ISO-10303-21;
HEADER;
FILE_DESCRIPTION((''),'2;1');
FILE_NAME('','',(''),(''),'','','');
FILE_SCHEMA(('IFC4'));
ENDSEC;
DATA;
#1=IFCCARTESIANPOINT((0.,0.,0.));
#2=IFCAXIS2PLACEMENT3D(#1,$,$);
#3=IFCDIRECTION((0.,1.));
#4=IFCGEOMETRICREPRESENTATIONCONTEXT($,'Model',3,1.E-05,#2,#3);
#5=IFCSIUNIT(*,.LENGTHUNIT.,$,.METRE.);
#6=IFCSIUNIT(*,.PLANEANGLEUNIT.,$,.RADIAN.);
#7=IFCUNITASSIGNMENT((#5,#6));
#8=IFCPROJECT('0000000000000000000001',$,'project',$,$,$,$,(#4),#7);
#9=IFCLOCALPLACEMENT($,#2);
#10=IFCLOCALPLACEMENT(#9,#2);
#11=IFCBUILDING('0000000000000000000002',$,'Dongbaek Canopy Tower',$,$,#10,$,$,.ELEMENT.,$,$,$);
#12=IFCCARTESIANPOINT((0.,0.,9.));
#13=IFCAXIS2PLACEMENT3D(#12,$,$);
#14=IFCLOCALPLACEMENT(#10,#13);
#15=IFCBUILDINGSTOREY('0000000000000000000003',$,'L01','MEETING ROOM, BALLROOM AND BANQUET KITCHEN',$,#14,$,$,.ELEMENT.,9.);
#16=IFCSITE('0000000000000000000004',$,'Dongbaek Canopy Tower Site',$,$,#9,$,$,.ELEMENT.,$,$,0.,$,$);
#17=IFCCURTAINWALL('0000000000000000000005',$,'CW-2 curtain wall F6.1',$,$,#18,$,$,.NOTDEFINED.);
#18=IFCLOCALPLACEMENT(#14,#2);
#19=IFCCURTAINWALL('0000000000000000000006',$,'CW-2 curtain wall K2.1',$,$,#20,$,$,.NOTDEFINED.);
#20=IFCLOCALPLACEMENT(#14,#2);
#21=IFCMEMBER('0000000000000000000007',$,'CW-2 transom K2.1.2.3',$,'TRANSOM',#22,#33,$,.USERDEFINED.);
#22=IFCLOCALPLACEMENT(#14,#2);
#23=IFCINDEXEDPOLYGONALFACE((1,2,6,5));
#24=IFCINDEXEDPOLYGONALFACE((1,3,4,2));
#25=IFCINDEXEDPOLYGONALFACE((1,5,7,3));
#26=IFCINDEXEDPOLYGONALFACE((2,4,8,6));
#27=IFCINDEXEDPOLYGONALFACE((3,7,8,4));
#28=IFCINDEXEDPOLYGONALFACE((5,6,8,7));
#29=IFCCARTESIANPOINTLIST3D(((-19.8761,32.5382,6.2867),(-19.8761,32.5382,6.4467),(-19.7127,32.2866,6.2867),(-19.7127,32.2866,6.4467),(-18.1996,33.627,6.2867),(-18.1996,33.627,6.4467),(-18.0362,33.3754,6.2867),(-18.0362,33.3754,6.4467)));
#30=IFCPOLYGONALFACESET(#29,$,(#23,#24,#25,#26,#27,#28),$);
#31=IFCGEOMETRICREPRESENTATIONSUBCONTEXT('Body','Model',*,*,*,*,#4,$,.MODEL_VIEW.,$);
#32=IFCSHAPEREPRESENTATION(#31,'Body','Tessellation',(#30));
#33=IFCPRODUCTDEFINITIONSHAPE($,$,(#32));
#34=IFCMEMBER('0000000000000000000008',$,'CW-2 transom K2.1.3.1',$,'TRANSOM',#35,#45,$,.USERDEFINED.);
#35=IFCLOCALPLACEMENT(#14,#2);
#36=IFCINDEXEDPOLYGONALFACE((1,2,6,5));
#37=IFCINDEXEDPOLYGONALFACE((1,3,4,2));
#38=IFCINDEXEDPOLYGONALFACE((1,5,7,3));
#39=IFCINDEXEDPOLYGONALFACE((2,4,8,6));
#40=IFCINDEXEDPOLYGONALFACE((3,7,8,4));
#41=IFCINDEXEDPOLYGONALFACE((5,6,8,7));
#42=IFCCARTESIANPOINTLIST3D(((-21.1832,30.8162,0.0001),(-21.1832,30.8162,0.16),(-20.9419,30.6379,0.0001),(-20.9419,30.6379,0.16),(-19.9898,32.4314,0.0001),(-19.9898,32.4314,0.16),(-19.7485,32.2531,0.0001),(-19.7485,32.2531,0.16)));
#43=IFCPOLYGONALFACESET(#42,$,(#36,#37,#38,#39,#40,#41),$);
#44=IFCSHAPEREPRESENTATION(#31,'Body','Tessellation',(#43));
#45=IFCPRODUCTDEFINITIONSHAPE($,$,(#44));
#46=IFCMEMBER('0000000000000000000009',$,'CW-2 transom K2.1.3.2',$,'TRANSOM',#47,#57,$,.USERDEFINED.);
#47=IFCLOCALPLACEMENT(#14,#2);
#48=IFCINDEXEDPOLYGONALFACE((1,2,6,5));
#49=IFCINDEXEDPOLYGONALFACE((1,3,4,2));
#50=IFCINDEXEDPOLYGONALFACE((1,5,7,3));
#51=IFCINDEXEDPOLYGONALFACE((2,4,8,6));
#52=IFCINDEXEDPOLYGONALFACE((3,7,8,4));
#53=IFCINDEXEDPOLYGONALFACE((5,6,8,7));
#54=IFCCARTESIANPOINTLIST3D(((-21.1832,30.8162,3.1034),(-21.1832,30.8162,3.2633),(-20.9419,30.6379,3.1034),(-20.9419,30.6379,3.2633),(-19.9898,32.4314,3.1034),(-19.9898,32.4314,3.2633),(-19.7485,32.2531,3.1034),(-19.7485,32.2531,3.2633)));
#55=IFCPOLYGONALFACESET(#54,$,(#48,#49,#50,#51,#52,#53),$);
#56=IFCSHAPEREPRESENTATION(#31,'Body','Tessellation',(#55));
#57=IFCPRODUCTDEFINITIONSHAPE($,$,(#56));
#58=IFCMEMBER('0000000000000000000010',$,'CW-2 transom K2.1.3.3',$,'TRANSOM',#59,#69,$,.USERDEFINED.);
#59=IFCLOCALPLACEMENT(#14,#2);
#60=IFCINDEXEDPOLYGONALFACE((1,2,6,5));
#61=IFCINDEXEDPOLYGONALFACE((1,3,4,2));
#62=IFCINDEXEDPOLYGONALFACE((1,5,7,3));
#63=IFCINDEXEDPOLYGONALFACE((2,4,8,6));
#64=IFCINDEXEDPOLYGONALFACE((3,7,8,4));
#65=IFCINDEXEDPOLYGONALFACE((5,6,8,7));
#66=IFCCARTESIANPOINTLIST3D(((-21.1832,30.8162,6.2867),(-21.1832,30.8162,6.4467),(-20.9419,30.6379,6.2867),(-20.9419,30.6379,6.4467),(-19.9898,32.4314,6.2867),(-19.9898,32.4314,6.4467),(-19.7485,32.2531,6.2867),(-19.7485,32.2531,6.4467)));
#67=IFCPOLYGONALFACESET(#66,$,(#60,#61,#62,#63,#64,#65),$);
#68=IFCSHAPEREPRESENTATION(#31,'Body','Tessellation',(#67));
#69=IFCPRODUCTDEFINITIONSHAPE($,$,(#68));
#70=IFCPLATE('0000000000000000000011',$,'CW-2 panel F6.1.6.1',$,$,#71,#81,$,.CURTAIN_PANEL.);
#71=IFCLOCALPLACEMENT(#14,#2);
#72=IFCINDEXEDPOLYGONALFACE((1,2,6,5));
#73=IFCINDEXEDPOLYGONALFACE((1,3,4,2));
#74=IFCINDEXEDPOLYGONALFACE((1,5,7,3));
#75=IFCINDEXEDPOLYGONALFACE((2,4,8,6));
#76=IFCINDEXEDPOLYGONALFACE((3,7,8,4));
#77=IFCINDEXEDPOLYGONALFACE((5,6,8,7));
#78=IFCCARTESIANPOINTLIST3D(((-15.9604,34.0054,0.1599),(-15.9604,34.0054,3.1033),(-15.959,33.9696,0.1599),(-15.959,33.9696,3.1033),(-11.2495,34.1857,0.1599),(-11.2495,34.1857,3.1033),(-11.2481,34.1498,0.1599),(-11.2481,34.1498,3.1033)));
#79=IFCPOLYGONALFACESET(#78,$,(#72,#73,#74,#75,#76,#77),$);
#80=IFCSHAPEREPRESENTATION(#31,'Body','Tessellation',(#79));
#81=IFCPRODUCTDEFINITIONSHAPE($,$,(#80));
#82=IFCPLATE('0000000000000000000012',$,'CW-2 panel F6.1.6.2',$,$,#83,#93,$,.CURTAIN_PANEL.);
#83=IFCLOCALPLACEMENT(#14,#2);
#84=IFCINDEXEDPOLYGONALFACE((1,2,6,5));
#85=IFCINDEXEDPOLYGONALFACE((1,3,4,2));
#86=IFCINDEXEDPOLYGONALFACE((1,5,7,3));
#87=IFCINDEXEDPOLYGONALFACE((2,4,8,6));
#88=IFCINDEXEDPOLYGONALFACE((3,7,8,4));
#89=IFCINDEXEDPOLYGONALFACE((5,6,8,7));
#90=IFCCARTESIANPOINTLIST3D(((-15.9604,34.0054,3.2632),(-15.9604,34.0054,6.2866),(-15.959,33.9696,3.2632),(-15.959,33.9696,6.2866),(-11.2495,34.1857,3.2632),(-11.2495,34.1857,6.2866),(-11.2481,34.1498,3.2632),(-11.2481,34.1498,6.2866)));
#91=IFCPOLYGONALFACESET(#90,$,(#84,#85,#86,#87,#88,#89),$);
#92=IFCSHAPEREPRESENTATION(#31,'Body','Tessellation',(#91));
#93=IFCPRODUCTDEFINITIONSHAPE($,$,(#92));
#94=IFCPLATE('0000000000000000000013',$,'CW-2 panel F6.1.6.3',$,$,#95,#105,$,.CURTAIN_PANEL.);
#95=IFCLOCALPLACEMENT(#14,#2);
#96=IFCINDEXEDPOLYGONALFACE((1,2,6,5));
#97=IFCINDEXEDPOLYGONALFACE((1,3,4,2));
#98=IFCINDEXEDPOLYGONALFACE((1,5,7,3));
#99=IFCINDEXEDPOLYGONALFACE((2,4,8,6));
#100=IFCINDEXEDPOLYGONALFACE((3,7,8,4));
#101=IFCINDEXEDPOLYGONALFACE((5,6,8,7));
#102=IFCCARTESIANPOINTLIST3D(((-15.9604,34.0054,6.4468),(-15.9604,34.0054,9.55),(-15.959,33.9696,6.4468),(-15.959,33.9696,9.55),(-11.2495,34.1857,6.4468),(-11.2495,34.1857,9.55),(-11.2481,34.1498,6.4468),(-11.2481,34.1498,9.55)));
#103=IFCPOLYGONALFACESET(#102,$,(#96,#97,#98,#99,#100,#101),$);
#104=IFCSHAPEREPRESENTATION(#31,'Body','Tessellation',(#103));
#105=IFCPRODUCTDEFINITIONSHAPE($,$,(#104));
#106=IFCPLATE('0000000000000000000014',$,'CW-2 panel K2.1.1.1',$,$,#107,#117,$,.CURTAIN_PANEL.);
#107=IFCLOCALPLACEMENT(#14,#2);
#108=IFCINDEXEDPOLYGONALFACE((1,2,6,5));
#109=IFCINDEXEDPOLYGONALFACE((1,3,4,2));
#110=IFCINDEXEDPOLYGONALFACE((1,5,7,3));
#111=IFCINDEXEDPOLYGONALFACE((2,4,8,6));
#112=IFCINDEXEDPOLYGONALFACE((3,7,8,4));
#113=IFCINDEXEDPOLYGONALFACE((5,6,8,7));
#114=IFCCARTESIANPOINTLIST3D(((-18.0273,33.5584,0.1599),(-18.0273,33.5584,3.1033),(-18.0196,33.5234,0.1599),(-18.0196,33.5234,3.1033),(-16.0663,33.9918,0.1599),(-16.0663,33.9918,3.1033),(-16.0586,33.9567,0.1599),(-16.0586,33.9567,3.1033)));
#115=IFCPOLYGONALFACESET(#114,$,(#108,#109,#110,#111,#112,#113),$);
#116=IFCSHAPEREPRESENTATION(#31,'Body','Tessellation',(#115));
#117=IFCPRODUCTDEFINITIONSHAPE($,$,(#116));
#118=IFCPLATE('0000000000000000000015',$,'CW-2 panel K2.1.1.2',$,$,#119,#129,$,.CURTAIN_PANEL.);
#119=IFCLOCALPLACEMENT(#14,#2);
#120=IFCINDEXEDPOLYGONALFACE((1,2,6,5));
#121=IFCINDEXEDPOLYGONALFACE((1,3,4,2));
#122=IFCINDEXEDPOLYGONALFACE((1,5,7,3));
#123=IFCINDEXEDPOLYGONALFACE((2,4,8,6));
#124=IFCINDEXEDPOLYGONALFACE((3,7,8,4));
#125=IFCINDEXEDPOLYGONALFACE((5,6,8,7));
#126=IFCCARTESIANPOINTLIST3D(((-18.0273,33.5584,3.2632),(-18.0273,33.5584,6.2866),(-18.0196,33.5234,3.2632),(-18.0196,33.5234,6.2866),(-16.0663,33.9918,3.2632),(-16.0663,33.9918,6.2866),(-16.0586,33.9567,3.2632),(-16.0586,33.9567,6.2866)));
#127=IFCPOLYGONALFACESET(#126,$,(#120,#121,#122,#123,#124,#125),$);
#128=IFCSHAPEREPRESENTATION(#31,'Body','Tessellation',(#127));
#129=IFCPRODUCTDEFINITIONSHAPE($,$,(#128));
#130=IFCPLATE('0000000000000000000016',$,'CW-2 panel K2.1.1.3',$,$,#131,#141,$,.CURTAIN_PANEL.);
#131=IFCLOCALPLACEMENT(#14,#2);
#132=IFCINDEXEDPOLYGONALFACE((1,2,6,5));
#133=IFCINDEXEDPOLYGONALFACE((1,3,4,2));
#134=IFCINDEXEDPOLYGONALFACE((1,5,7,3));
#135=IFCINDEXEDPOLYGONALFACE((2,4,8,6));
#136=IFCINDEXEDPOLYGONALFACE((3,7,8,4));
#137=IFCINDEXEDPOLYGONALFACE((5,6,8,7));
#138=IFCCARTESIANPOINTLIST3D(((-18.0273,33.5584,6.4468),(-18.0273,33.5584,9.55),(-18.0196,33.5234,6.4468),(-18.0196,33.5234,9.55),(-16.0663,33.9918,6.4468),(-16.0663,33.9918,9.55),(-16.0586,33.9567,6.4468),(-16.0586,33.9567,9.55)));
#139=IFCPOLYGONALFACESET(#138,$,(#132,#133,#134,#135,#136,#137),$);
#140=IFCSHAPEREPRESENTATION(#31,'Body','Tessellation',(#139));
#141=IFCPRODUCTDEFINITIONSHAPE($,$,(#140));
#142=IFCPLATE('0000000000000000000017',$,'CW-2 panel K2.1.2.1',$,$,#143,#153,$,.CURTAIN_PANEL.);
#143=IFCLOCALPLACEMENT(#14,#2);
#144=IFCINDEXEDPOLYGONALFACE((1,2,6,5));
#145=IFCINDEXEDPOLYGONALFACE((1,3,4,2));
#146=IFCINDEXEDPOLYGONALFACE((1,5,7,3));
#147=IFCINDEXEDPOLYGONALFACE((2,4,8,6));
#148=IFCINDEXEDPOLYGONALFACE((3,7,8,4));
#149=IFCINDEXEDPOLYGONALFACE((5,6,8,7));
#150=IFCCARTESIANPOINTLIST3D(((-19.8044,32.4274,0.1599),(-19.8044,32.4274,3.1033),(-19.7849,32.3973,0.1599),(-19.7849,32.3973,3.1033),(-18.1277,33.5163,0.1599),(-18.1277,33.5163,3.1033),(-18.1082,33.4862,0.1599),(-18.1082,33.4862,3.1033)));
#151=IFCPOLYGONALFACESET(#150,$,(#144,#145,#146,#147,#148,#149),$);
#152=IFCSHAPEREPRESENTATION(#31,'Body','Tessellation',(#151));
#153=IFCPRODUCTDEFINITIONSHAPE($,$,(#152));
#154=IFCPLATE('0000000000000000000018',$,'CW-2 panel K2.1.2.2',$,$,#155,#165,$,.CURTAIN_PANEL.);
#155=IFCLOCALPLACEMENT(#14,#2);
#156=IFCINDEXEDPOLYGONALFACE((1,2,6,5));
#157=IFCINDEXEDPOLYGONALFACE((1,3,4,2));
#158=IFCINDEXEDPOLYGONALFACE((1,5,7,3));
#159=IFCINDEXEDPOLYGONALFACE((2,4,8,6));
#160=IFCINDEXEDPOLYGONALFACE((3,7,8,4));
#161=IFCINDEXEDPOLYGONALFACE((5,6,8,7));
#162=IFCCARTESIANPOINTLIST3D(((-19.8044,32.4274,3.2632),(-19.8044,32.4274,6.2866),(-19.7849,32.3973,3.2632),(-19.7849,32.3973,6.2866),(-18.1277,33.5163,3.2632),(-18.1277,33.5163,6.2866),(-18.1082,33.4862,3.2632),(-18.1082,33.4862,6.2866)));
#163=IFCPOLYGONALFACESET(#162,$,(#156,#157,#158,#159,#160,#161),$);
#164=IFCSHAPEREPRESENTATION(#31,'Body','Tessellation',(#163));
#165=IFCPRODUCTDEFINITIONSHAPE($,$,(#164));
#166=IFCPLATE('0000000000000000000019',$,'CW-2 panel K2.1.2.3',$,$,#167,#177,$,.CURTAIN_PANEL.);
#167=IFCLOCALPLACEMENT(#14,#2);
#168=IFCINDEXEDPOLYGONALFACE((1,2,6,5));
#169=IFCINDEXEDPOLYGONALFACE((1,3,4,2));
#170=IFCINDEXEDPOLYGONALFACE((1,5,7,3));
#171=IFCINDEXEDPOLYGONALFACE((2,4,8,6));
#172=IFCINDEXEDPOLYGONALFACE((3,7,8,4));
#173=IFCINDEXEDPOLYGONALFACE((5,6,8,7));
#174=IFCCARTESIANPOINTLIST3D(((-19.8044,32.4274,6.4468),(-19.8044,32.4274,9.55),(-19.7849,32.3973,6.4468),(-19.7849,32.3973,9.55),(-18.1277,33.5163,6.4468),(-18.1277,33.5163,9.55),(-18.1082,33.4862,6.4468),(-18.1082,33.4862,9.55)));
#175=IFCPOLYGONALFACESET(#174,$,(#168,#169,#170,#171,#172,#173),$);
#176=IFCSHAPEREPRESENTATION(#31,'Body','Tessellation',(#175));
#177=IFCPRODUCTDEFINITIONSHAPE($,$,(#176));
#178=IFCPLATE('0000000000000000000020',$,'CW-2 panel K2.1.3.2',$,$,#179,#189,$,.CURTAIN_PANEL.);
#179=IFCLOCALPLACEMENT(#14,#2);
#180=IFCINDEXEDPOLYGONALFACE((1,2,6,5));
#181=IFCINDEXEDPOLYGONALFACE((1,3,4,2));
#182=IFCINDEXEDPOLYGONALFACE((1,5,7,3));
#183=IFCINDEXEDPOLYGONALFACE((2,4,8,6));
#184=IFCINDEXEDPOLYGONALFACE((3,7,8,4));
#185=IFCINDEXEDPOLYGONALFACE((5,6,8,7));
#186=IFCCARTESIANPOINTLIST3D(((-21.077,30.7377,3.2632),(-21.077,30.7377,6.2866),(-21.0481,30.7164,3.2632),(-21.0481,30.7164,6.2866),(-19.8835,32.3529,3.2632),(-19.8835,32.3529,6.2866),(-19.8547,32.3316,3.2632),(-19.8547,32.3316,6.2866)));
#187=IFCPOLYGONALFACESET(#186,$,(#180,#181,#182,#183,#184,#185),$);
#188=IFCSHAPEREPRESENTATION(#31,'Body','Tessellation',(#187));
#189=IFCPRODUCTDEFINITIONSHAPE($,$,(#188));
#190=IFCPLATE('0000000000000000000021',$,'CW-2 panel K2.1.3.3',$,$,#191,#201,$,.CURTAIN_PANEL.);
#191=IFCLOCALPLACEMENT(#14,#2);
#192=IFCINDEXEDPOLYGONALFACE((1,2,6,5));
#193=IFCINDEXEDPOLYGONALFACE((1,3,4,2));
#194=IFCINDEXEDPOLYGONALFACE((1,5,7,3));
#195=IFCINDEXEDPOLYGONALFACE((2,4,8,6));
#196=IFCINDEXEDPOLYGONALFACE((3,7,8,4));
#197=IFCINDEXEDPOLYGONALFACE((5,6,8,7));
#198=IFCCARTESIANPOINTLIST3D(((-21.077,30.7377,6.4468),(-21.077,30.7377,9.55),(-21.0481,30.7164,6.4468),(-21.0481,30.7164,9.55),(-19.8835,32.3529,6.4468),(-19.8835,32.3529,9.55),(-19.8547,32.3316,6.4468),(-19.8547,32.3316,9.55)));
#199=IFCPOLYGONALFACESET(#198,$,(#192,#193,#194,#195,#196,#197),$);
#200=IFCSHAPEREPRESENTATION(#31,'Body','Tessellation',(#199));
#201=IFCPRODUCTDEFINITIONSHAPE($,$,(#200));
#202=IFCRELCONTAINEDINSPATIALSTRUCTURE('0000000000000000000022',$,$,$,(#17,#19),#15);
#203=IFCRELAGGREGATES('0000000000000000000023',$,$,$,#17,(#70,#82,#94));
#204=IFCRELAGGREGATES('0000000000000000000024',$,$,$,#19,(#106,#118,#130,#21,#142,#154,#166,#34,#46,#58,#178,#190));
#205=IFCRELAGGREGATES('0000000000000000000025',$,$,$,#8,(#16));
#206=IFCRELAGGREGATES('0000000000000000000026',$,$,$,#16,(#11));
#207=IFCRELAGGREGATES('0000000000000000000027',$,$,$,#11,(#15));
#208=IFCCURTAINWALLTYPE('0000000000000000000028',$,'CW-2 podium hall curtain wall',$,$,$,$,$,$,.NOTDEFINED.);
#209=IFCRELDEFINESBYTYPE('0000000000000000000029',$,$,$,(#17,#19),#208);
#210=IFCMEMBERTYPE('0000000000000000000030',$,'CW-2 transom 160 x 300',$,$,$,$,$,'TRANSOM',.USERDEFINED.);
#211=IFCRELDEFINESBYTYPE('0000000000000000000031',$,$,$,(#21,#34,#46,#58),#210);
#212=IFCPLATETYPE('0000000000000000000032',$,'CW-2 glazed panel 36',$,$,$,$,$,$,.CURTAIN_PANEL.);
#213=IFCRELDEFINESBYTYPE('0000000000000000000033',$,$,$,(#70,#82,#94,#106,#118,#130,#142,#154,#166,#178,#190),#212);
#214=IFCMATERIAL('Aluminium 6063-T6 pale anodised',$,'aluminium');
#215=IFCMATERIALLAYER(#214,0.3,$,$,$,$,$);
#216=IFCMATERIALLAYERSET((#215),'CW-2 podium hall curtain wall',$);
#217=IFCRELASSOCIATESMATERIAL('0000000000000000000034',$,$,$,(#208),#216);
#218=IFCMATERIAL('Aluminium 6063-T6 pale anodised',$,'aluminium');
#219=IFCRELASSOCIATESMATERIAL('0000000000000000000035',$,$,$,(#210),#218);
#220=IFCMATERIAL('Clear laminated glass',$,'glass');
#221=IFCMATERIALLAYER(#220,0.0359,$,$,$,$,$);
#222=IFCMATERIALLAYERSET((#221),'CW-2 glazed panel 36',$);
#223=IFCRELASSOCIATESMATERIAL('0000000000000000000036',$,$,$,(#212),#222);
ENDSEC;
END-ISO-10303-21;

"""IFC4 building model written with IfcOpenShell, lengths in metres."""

from ifc_helpers import new_model, si_unit, direction, frame, origin, origin_2d, place, context, subcontext, project, spatial, rectangle, extrude, material, layer, layer_set, material_profile, profile_set, type_object, element, aggregate, save


model = new_model("IFC4")

# Units and contexts
model_context = context("Model", 3, precision=1e-05, world=origin(), true_north=direction((0.0, 1.0)))
body_context = subcontext(model_context, "Body", "Model", "MODEL_VIEW")
ifc_project = project(units=[si_unit("LENGTHUNIT", "METRE"), si_unit("PLANEANGLEUNIT", "RADIAN")], contexts=[model_context])

# Site, building, storey
site_placement = place(None, origin())
site = spatial("IfcSite", under=ifc_project, at=site_placement, Name="Dongbaek Canopy Tower Site", CompositionType="ELEMENT", RefElevation=0.0)
building_placement = place(site_placement, origin())
building = spatial("IfcBuilding", under=site, at=building_placement, Name="Dongbaek Canopy Tower", CompositionType="ELEMENT")
storey_placement = place(building_placement, frame((0.0, 0.0, 9.0)))
storey = spatial("IfcBuildingStorey", under=building, at=storey_placement, Name="L01", Description="MEETING ROOM, BALLROOM AND BANQUET KITCHEN", CompositionType="ELEMENT", Elevation=9.0)

# Curtain walls
ifc_material_1 = material(Name="Aluminium 6063-T6 pale anodised", Category="aluminium")
ifc_layer_1 = layer(ifc_material_1, 0.3)
ifc_layer_set_1 = layer_set([ifc_layer_1], Name="CW-2 podium hall curtain wall")
curtain_wall_type = type_object("IfcCurtainWallType", Name="CW-2 podium hall curtain wall", PredefinedType="NOTDEFINED", material=ifc_layer_set_1)
curtain_wall_1_placement = place(storey_placement, origin())
curtain_wall_1 = element("IfcCurtainWall", 1, at=curtain_wall_1_placement, inside=storey, type_object=curtain_wall_type, Name="CW-2 curtain wall F6.1", PredefinedType="NOTDEFINED")
curtain_wall_2_placement = place(storey_placement, origin())
curtain_wall_2 = element("IfcCurtainWall", 2, at=curtain_wall_2_placement, inside=storey, type_object=curtain_wall_type, Name="CW-2 curtain wall K2.1", PredefinedType="NOTDEFINED")

# Members
ifc_material_2 = material(Name="Aluminium 6063-T6 pale anodised", Category="aluminium")
ifc_material_profile_1 = material_profile(ifc_material_2, rectangle(XDim=0.3, YDim=0.1599, at=origin_2d()), Name="CW-2 transom 160 x 300")
ifc_profile_set_1 = profile_set([ifc_material_profile_1], Name="Aluminium 6063-T6 pale anodised")
member_type_1 = type_object("IfcMemberType", Name="CW-2 transom 160 x 300", ElementType="TRANSOM", PredefinedType="USERDEFINED", material=ifc_profile_set_1)
member_1_placement = place(storey_placement, frame((-18.1179, 33.5012, 6.3667), z_axis=(-0.838642, -0.544684, 0.0), x_axis=(0.544684, -0.838642, 0.0)))
member_1 = element("IfcMember", 3, at=member_1_placement, type_object=member_type_1, Name="CW-2 transom K2.1.2.3", ObjectType="TRANSOM", PredefinedType="USERDEFINED", context=body_context, shape_type="SweptSolid", body=[
    extrude(rectangle(XDim=0.3, YDim=0.1599, at=origin_2d()), origin(), (0.0, 0.0, 1.0), 1.999),
])
member_2_placement = place(storey_placement, frame((-19.8691, 32.3423, 0.0801), z_axis=(-0.594227, -0.804297, 0.0), x_axis=(0.804297, -0.594227, 0.0)))
member_2 = element("IfcMember", 4, at=member_2_placement, type_object=member_type_1, Name="CW-2 transom K2.1.3.1", ObjectType="TRANSOM", PredefinedType="USERDEFINED", context=body_context, shape_type="SweptSolid", body=[
    extrude(rectangle(XDim=0.3, YDim=0.1599, at=origin_2d()), origin(), (0.0, 0.0, 1.0), 2.0083),
])
member_3_placement = place(storey_placement, frame((-19.8691, 32.3423, 3.1833), z_axis=(-0.594227, -0.804297, 0.0), x_axis=(0.804297, -0.594227, 0.0)))
member_3 = element("IfcMember", 5, at=member_3_placement, type_object=member_type_1, Name="CW-2 transom K2.1.3.2", ObjectType="TRANSOM", PredefinedType="USERDEFINED", context=body_context, shape_type="SweptSolid", body=[
    extrude(rectangle(XDim=0.3, YDim=0.1599, at=origin_2d()), origin(), (0.0, 0.0, 1.0), 2.0083),
])
member_4_placement = place(storey_placement, frame((-19.8691, 32.3423, 6.3667), z_axis=(-0.594227, -0.804297, 0.0), x_axis=(0.804297, -0.594227, 0.0)))
member_4 = element("IfcMember", 6, at=member_4_placement, type_object=member_type_1, Name="CW-2 transom K2.1.3.3", ObjectType="TRANSOM", PredefinedType="USERDEFINED", context=body_context, shape_type="SweptSolid", body=[
    extrude(rectangle(XDim=0.3, YDim=0.1599, at=origin_2d()), origin(), (0.0, 0.0, 1.0), 2.0083),
])

# Plates
ifc_material_3 = material(Name="Clear laminated glass", Category="glass")
ifc_layer_2 = layer(ifc_material_3, 0.0359)
ifc_layer_set_2 = layer_set([ifc_layer_2], Name="CW-2 glazed panel 36")
plate_type = type_object("IfcPlateType", Name="CW-2 glazed panel 36", PredefinedType="CURTAIN_PANEL", material=ifc_layer_set_2)
plate_1_placement = place(storey_placement, frame((-13.6042, 34.0776, 0.1599), z_axis=(0.0, 0.0, 1.0), x_axis=(-0.999269, -0.038232, 0.0)))
plate_1 = element("IfcPlate", 7, at=plate_1_placement, type_object=plate_type, Name="CW-2 panel F6.1.6.1", PredefinedType="CURTAIN_PANEL", context=body_context, shape_type="SweptSolid", body=[
    extrude(rectangle(XDim=4.7144, YDim=0.0359, at=origin_2d()), origin(), (0.0, 0.0, 1.0), 2.9434),
])
plate_2_placement = place(storey_placement, frame((-13.6042, 34.0776, 3.2632), z_axis=(0.0, 0.0, 1.0), x_axis=(-0.999269, -0.038232, 0.0)))
plate_2 = element("IfcPlate", 8, at=plate_2_placement, type_object=plate_type, Name="CW-2 panel F6.1.6.2", PredefinedType="CURTAIN_PANEL", context=body_context, shape_type="SweptSolid", body=[
    extrude(rectangle(XDim=4.7144, YDim=0.0359, at=origin_2d()), origin(), (0.0, 0.0, 1.0), 3.0234),
])
plate_3_placement = place(storey_placement, frame((-13.6042, 34.0776, 6.4468), z_axis=(0.0, 0.0, 1.0), x_axis=(-0.999269, -0.038232, 0.0)))
plate_3 = element("IfcPlate", 9, at=plate_3_placement, type_object=plate_type, Name="CW-2 panel F6.1.6.3", PredefinedType="CURTAIN_PANEL", context=body_context, shape_type="SweptSolid", body=[
    extrude(rectangle(XDim=4.7144, YDim=0.0359, at=origin_2d()), origin(), (0.0, 0.0, 1.0), 3.1033),
])
aggregate(curtain_wall_1, [plate_1, plate_2, plate_3])
plate_4_placement = place(storey_placement, frame((-17.043, 33.7576, 0.1599), z_axis=(0.0, 0.0, 1.0), x_axis=(-0.976443, -0.215775, 0.0)))
plate_4 = element("IfcPlate", 10, at=plate_4_placement, type_object=plate_type, Name="CW-2 panel K2.1.1.1", PredefinedType="CURTAIN_PANEL", context=body_context, shape_type="SweptSolid", body=[
    extrude(rectangle(XDim=2.0083, YDim=0.0359, at=origin_2d()), origin(), (0.0, 0.0, 1.0), 2.9434),
])
plate_5_placement = place(storey_placement, frame((-17.043, 33.7576, 3.2632), z_axis=(0.0, 0.0, 1.0), x_axis=(-0.976443, -0.215775, 0.0)))
plate_5 = element("IfcPlate", 11, at=plate_5_placement, type_object=plate_type, Name="CW-2 panel K2.1.1.2", PredefinedType="CURTAIN_PANEL", context=body_context, shape_type="SweptSolid", body=[
    extrude(rectangle(XDim=2.0083, YDim=0.0359, at=origin_2d()), origin(), (0.0, 0.0, 1.0), 3.0234),
])
plate_6_placement = place(storey_placement, frame((-17.043, 33.7576, 6.4468), z_axis=(0.0, 0.0, 1.0), x_axis=(-0.976443, -0.215775, 0.0)))
plate_6 = element("IfcPlate", 12, at=plate_6_placement, type_object=plate_type, Name="CW-2 panel K2.1.1.3", PredefinedType="CURTAIN_PANEL", context=body_context, shape_type="SweptSolid", body=[
    extrude(rectangle(XDim=2.0083, YDim=0.0359, at=origin_2d()), origin(), (0.0, 0.0, 1.0), 3.1033),
])
plate_7_placement = place(storey_placement, frame((-18.9563, 32.9568, 0.1599), z_axis=(0.0, 0.0, 1.0), x_axis=(-0.838663, -0.54465, 0.0)))
plate_7 = element("IfcPlate", 13, at=plate_7_placement, type_object=plate_type, Name="CW-2 panel K2.1.2.1", PredefinedType="CURTAIN_PANEL", context=body_context, shape_type="SweptSolid", body=[
    extrude(rectangle(XDim=1.9993, YDim=0.0359, at=origin_2d()), origin(), (0.0, 0.0, 1.0), 2.9434),
])
plate_8_placement = place(storey_placement, frame((-18.9563, 32.9568, 3.2632), z_axis=(0.0, 0.0, 1.0), x_axis=(-0.838663, -0.54465, 0.0)))
plate_8 = element("IfcPlate", 14, at=plate_8_placement, type_object=plate_type, Name="CW-2 panel K2.1.2.2", PredefinedType="CURTAIN_PANEL", context=body_context, shape_type="SweptSolid", body=[
    extrude(rectangle(XDim=1.9993, YDim=0.0359, at=origin_2d()), origin(), (0.0, 0.0, 1.0), 3.0234),
])
plate_9_placement = place(storey_placement, frame((-18.9563, 32.9568, 6.4468), z_axis=(0.0, 0.0, 1.0), x_axis=(-0.838663, -0.54465, 0.0)))
plate_9 = element("IfcPlate", 15, at=plate_9_placement, type_object=plate_type, Name="CW-2 panel K2.1.2.3", PredefinedType="CURTAIN_PANEL", context=body_context, shape_type="SweptSolid", body=[
    extrude(rectangle(XDim=1.9993, YDim=0.0359, at=origin_2d()), origin(), (0.0, 0.0, 1.0), 3.1033),
])
plate_10_placement = place(storey_placement, frame((-20.4658, 31.5347, 3.2632), z_axis=(0.0, 0.0, 1.0), x_axis=(-0.594253, -0.804278, 0.0)))
plate_10 = element("IfcPlate", 16, at=plate_10_placement, type_object=plate_type, Name="CW-2 panel K2.1.3.2", PredefinedType="CURTAIN_PANEL", context=body_context, shape_type="SweptSolid", body=[
    extrude(rectangle(XDim=2.0083, YDim=0.0359, at=origin_2d()), origin(), (0.0, 0.0, 1.0), 3.0234),
])
plate_11_placement = place(storey_placement, frame((-20.4658, 31.5347, 6.4468), z_axis=(0.0, 0.0, 1.0), x_axis=(-0.594253, -0.804278, 0.0)))
plate_11 = element("IfcPlate", 17, at=plate_11_placement, type_object=plate_type, Name="CW-2 panel K2.1.3.3", PredefinedType="CURTAIN_PANEL", context=body_context, shape_type="SweptSolid", body=[
    extrude(rectangle(XDim=2.0083, YDim=0.0359, at=origin_2d()), origin(), (0.0, 0.0, 1.0), 3.1033),
])
aggregate(curtain_wall_2, [plate_4, plate_5, plate_6, member_1, plate_7, plate_8, plate_9, member_2, member_3, member_4, plate_10, plate_11])

save(model, "model.ifc")
